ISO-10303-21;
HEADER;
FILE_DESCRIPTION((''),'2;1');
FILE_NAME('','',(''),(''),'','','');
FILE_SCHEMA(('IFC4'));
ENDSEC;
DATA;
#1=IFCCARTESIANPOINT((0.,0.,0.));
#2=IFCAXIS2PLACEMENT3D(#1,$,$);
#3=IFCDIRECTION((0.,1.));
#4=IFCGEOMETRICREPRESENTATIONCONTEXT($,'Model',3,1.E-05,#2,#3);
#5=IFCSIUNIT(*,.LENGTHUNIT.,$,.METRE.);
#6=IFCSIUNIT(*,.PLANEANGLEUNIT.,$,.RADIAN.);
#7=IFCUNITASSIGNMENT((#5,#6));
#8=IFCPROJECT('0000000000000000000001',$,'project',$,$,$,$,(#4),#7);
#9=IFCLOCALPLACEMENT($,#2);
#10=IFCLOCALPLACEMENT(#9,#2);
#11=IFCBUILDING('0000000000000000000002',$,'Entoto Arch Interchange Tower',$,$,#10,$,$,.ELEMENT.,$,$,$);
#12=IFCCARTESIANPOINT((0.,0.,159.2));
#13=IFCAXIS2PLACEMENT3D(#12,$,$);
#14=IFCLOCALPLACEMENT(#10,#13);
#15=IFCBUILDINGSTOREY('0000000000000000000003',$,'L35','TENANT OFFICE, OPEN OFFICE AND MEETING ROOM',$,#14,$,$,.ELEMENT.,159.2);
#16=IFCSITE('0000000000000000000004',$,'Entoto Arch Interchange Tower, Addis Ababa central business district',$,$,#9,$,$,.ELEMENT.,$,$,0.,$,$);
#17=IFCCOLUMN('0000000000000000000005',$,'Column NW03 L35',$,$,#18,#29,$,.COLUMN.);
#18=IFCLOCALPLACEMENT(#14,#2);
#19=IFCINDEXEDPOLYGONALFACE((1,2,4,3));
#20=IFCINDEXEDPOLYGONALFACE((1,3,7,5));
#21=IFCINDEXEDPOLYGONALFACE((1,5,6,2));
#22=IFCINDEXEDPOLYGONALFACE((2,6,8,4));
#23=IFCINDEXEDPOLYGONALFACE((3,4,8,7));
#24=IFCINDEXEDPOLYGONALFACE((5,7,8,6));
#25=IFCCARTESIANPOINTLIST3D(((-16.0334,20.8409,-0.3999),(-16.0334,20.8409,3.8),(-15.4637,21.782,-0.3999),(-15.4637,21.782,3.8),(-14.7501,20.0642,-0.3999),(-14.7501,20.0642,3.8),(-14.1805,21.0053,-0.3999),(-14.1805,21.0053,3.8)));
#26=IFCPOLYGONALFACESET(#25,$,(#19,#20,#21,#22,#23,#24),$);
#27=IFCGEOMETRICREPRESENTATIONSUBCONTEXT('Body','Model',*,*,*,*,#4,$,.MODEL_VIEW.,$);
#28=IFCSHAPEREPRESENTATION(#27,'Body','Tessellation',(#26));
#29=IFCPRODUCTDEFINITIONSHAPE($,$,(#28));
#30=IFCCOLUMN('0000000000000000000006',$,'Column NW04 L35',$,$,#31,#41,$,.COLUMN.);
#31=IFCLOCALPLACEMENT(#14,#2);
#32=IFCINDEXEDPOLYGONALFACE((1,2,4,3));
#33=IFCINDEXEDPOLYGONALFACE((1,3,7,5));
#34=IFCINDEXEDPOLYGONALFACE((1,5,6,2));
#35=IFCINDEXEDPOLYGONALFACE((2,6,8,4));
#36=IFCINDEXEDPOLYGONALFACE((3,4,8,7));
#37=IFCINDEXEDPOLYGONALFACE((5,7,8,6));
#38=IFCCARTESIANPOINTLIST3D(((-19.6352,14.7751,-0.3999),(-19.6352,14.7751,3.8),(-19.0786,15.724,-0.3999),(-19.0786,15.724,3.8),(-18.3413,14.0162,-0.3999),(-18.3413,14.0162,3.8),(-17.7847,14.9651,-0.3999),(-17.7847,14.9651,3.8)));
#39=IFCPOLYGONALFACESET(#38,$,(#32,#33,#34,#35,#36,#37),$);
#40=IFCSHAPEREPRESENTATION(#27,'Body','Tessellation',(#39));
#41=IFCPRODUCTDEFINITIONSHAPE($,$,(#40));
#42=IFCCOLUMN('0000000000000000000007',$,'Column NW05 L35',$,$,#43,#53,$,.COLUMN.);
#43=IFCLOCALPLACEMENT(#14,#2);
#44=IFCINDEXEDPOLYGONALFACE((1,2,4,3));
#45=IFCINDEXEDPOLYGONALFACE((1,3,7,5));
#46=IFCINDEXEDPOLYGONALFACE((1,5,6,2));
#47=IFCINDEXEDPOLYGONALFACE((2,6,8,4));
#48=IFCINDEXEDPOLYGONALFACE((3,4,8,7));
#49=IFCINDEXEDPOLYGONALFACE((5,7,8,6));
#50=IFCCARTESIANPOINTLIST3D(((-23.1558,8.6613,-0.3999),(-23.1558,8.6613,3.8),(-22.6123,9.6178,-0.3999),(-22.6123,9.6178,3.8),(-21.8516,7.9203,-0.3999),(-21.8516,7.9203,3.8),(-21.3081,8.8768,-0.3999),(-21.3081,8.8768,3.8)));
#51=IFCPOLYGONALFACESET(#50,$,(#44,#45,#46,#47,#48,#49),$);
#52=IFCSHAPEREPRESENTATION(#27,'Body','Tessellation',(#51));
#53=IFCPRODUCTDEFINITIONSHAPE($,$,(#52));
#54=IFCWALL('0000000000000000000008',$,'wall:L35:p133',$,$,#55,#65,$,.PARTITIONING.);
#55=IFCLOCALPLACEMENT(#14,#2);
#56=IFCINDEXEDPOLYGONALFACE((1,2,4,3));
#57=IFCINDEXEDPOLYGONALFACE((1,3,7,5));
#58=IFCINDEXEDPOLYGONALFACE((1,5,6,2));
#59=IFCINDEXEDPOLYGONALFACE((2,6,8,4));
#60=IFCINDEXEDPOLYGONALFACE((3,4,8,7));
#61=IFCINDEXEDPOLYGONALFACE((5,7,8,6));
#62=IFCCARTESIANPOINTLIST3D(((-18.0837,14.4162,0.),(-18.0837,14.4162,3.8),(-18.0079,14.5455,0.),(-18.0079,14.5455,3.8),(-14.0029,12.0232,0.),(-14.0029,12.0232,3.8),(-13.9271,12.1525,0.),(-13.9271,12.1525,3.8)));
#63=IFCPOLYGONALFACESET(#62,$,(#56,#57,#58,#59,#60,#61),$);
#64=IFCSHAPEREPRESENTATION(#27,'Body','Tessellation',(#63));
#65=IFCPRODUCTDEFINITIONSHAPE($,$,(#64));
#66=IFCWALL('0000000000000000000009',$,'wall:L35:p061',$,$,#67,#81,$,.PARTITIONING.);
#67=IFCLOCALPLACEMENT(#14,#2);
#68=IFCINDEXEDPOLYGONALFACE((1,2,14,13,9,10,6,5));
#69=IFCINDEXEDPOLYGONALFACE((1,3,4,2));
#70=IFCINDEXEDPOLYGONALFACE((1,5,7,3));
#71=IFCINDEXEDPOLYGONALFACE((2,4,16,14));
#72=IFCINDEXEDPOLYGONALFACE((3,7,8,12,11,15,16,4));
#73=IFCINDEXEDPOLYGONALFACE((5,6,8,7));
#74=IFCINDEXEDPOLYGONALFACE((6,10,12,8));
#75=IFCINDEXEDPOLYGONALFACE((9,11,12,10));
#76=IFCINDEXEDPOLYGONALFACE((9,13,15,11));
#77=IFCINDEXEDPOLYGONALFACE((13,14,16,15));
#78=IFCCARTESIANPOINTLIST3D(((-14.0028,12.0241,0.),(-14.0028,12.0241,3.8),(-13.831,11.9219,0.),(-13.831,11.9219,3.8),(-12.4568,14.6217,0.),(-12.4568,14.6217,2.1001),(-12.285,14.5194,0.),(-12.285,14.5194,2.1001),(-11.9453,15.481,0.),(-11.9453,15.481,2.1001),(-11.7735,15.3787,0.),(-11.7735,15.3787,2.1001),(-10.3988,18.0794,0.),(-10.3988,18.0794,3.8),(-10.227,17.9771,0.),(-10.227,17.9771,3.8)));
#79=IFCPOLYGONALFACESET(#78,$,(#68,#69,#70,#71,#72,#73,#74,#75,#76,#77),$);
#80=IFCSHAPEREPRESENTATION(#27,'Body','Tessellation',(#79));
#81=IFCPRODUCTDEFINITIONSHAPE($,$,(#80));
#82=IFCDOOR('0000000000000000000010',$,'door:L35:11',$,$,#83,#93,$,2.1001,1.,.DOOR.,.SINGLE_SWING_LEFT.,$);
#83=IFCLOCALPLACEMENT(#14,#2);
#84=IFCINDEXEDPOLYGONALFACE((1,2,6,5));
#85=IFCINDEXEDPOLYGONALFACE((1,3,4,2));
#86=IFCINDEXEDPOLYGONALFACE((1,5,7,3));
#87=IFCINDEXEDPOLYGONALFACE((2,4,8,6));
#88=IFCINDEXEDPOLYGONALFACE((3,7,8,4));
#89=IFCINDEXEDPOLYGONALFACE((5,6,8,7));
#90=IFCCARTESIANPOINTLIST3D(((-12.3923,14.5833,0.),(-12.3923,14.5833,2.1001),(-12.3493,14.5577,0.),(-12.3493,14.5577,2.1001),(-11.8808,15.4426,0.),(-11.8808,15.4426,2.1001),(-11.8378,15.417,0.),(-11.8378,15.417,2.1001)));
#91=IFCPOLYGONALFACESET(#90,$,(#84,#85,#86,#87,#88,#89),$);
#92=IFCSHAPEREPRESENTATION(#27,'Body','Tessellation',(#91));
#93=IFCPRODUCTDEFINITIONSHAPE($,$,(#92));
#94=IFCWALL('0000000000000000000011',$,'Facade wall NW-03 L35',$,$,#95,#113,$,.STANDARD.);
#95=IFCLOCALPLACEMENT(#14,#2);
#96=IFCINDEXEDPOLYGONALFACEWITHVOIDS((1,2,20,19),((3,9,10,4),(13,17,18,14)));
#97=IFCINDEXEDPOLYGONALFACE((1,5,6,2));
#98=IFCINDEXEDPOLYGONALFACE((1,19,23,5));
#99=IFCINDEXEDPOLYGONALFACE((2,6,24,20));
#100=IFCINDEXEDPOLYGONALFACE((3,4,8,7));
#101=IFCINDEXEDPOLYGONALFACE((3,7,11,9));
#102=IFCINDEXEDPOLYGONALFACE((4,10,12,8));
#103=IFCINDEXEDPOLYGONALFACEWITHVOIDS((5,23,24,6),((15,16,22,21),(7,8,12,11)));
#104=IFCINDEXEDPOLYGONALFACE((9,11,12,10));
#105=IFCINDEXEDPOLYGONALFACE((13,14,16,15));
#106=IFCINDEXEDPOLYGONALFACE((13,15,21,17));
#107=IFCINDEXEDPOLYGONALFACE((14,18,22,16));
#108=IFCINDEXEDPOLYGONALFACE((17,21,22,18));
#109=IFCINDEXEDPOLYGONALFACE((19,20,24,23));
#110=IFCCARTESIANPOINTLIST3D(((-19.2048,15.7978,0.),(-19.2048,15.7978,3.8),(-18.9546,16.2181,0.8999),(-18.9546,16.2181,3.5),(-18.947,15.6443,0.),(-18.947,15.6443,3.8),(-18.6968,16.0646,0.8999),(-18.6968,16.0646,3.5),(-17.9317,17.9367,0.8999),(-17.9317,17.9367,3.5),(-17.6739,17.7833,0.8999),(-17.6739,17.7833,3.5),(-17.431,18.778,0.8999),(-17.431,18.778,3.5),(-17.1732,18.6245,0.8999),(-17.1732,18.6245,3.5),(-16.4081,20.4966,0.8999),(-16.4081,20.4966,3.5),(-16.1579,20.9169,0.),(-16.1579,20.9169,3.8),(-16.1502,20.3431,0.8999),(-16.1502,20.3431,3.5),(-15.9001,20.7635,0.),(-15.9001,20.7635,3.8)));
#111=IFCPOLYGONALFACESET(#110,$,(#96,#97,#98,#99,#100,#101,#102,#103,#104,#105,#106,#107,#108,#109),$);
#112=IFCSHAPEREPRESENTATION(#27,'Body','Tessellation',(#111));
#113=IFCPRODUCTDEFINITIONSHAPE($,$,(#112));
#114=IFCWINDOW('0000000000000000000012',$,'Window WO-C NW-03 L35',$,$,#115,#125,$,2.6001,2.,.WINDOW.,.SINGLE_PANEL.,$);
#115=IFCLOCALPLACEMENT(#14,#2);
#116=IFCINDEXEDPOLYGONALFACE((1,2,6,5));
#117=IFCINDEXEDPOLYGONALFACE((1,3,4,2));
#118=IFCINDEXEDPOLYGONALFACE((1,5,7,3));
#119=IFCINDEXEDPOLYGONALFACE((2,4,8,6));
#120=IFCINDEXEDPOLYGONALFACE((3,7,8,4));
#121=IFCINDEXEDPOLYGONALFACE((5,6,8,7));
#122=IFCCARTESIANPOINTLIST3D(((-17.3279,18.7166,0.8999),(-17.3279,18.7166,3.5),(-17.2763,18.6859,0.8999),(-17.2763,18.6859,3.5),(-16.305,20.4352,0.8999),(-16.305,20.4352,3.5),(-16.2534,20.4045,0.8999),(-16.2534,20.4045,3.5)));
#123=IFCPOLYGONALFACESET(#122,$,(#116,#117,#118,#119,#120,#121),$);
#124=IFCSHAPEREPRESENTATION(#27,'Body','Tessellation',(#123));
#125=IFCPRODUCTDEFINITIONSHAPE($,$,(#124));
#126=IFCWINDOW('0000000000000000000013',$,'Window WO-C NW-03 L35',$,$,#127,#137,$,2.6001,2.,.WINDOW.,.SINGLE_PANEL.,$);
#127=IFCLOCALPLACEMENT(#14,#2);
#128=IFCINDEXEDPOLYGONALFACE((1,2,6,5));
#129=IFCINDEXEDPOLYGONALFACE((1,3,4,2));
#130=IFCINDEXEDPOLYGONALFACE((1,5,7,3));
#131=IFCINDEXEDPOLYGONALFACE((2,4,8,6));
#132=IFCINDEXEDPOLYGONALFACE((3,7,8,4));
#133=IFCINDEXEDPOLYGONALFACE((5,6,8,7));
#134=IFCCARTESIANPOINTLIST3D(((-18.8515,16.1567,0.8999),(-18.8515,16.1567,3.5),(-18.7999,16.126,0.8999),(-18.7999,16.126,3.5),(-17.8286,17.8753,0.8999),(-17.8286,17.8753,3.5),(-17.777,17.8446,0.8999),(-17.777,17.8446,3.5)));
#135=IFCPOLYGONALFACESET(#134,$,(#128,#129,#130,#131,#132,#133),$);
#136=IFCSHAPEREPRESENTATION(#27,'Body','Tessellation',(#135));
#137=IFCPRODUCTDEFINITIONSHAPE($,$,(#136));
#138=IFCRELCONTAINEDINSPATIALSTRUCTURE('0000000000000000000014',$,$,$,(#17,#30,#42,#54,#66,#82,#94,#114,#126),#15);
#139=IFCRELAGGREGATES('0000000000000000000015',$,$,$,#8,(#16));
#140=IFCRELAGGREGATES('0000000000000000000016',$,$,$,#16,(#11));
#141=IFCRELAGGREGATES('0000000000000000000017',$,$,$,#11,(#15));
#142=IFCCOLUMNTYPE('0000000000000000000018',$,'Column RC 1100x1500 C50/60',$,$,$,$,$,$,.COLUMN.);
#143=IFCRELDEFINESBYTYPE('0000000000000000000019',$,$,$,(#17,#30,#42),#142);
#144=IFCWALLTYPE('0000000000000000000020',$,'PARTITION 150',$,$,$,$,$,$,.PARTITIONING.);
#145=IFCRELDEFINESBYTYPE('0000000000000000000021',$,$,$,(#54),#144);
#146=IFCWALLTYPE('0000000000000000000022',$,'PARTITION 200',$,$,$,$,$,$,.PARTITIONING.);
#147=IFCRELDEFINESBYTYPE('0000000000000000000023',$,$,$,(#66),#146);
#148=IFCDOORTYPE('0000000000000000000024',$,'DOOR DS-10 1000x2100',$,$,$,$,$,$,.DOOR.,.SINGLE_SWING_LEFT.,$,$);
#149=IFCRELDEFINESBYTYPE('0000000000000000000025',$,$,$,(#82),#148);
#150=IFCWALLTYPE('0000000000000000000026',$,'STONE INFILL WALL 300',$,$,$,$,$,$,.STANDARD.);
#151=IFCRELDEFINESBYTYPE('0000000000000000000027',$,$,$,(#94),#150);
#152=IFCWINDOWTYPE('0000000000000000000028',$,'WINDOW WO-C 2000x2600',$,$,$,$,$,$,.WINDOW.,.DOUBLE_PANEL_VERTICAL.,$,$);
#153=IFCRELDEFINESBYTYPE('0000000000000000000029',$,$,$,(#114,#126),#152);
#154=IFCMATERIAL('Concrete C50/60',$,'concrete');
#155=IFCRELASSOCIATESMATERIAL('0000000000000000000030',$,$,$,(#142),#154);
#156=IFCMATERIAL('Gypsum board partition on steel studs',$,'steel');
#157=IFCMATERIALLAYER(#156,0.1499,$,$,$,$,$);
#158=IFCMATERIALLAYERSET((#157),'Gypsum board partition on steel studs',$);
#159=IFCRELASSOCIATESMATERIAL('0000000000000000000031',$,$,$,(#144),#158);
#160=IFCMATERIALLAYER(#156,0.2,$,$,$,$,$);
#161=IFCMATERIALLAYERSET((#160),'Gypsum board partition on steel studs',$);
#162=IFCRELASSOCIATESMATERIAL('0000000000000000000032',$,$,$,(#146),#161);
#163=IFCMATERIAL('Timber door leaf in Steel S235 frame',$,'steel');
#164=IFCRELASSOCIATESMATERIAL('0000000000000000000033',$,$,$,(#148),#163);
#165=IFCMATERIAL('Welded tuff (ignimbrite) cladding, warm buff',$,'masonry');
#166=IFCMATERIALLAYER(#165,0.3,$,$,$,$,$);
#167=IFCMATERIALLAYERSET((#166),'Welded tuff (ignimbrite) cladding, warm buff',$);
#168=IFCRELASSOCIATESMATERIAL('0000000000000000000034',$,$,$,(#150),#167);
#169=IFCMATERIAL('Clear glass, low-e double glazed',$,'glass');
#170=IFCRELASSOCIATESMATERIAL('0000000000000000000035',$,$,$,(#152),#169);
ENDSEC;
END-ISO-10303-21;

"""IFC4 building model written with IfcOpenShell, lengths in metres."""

from ifc_helpers import new_model, si_unit, direction, frame, frame_2d, origin, origin_2d, place, context, subcontext, project, spatial, rectangle, extrude, material, layer, layer_set, material_profile, profile_set, type_object, element, fill, save


model = new_model("IFC4")

# Units and contexts
model_context = context("Model", 3, precision=1e-05, world=origin(), true_north=direction((0.0, 1.0)))
body_context = subcontext(model_context, "Body", "Model", "MODEL_VIEW")
ifc_project = project(units=[si_unit("LENGTHUNIT", "METRE"), si_unit("PLANEANGLEUNIT", "RADIAN")], contexts=[model_context])

# Site, building, storey
site_placement = place(None, origin())
site = spatial("IfcSite", under=ifc_project, at=site_placement, Name="Entoto Arch Interchange Tower, Addis Ababa central business district", CompositionType="ELEMENT", RefElevation=0.0)
building_placement = place(site_placement, origin())
building = spatial("IfcBuilding", under=site, at=building_placement, Name="Entoto Arch Interchange Tower", CompositionType="ELEMENT")
storey_placement = place(building_placement, frame((0.0, 0.0, 159.2)))
storey = spatial("IfcBuildingStorey", under=building, at=storey_placement, Name="L35", Description="TENANT OFFICE, OPEN OFFICE AND MEETING ROOM", CompositionType="ELEMENT", Elevation=159.2)

# Columns
ifc_material_1 = material(Name="Concrete C50/60", Category="concrete")
ifc_material_profile = material_profile(ifc_material_1, rectangle(XDim=1.1001, YDim=1.5, at=origin_2d()))
ifc_profile_set = profile_set([ifc_material_profile], Name="Concrete C50/60")
column_type = type_object("IfcColumnType", Name="Column RC 1100x1500 C50/60", PredefinedType="COLUMN", material=ifc_profile_set)
for number, where, z_axis, x_axis, name in (
    (1, (-15.1069, 20.9231, -0.3999), (0.0, 0.0, 1.0), (0.517803, 0.8555, 0.0), "Column NW03 L35"),
    (2, (-18.71, 14.8701, -0.3999), (0.0, 0.0, 1.0), (0.505958, 0.862558, 0.0), "Column NW04 L35"),
    (3, (-22.2319, 8.769, -0.3999), (0.0, 0.0, 1.0), (0.494018, 0.869452, 0.0), "Column NW05 L35"),
):
    element("IfcColumn", number, at=place(storey_placement, frame(where, z_axis=z_axis, x_axis=x_axis)), inside=storey, type_object=column_type, Name=name, PredefinedType="COLUMN", context=body_context, shape_type="SweptSolid", body=[
        extrude(rectangle(XDim=1.1001, YDim=1.5, at=origin_2d()), origin(), (0.0, 0.0, 1.0), 4.2),
    ])

# Wall
ifc_material_2 = material(Name="Gypsum board partition on steel studs", Category="steel")
ifc_layer_1 = layer(ifc_material_2, 0.1499)
ifc_layer_set_1 = layer_set([ifc_layer_1], Name="Gypsum board partition on steel studs")
wall_type_1 = type_object("IfcWallType", Name="PARTITION 150", PredefinedType="PARTITIONING", material=ifc_layer_set_1)
wall_1_placement = place(storey_placement, frame((-13.9651, 12.0879, 0.0), z_axis=(0.0, 0.0, 1.0), x_axis=(-0.862618, 0.505856, 0.0)))
element("IfcWall", 4, at=wall_1_placement, inside=storey, type_object=wall_type_1, Name="wall:L35:p133", PredefinedType="PARTITIONING", context=body_context, shape_type="SweptSolid", body=[
    extrude(rectangle(XDim=4.7307, YDim=0.1499, at=frame_2d((2.3652, 0.0))), origin(), (0.0, 0.0, 1.0), 3.8),
])

# Wall, opening, door
ifc_layer_2 = layer(ifc_material_2, 0.2)
ifc_layer_set_2 = layer_set([ifc_layer_2], Name="Gypsum board partition on steel studs")
wall_type_2 = type_object("IfcWallType", Name="PARTITION 200", PredefinedType="PARTITIONING", material=ifc_layer_set_2)
wall_2_placement = place(storey_placement, frame((-13.917, 11.9729, 0.0), z_axis=(0.0, 0.0, 1.0), x_axis=(0.511456, 0.85931, 0.0)))
wall_2 = element("IfcWall", 5, at=wall_2_placement, inside=storey, type_object=wall_type_2, Name="wall:L35:p061", PredefinedType="PARTITIONING", context=body_context, shape_type="SweptSolid", body=[
    extrude(rectangle(XDim=7.0466, YDim=0.2, at=frame_2d((3.5234, 0.0))), origin(), (0.0, 0.0, 1.0), 3.8),
])
opening_1_placement = place(wall_2_placement, frame((3.0229, 0.0, 0.0)))
opening_1 = element("IfcOpeningElement", 6, at=opening_1_placement, cuts=wall_2, PredefinedType="OPENING", context=body_context, shape_type="SweptSolid", body=[
    extrude(rectangle(XDim=1.0, YDim=2.1001, at=frame_2d((0.5, 1.05))), frame((0.0, 0.1099, 0.0), z_axis=(0.0, -1.0, 0.0), x_axis=(1.0, 0.0, 0.0)), (0.0, 0.0, 1.0), 0.22),
])
ifc_material_3 = material(Name="Timber door leaf in Steel S235 frame", Category="steel")
door_type = type_object("IfcDoorType", Name="DOOR DS-10 1000x2100", OperationType="SINGLE_SWING_LEFT", PredefinedType="DOOR", material=ifc_material_3)
door_placement = place(opening_1_placement, origin())
door = element("IfcDoor", 7, at=door_placement, inside=storey, type_object=door_type, Name="door:L35:11", OperationType="SINGLE_SWING_LEFT", OverallHeight=2.1001, OverallWidth=1.0, PredefinedType="DOOR", context=body_context, shape_type="SweptSolid", body=[
    extrude(rectangle(XDim=1.0, YDim=2.1001, at=frame_2d((0.5, 1.05))), frame((0.0, 0.0249, 0.0), z_axis=(0.0, -1.0, 0.0), x_axis=(1.0, 0.0, 0.0)), (0.0, 0.0, 1.0), 0.05),
])
fill(opening_1, door)

# Wall, openings, windows
ifc_material_4 = material(Name="Welded tuff (ignimbrite) cladding, warm buff", Category="masonry")
ifc_layer_3 = layer(ifc_material_4, 0.3)
ifc_layer_set_3 = layer_set([ifc_layer_3], Name="Welded tuff (ignimbrite) cladding, warm buff")
wall_type_3 = type_object("IfcWallType", Name="STONE INFILL WALL 300", PredefinedType="STANDARD", material=ifc_layer_set_3)
wall_3_placement = place(storey_placement, frame((-16.0291, 20.8401, 0.0), z_axis=(0.0, 0.0, 1.0), x_axis=(-0.511455, -0.85931, 0.0)))
wall_3 = element("IfcWall", 8, at=wall_3_placement, inside=storey, type_object=wall_type_3, Name="Facade wall NW-03 L35", PredefinedType="STANDARD", context=body_context, shape_type="SweptSolid", body=[
    extrude(rectangle(XDim=5.9573, YDim=0.3, at=frame_2d((2.9785, 0.0))), origin(), (0.0, 0.0, 1.0), 3.8),
])
opening_2_placement = place(wall_3_placement, frame((0.489, 0.0, 0.8999)))
opening_2 = element("IfcOpeningElement", 9, at=opening_2_placement, cuts=wall_3, PredefinedType="OPENING", context=body_context, shape_type="SweptSolid", body=[
    extrude(rectangle(XDim=2.0, YDim=2.6001, at=frame_2d((1.0, 1.3))), frame((0.0, 0.1602, 0.0), z_axis=(0.0, -1.0, 0.0), x_axis=(1.0, 0.0, 0.0)), (0.0, 0.0, 1.0), 0.3201),
])
opening_3_placement = place(wall_3_placement, frame((3.468, 0.0, 0.8999)))
opening_3 = element("IfcOpeningElement", 10, at=opening_3_placement, cuts=wall_3, PredefinedType="OPENING", context=body_context, shape_type="SweptSolid", body=[
    extrude(rectangle(XDim=2.0, YDim=2.6001, at=frame_2d((1.0, 1.3))), frame((0.0, 0.1602, 0.0), z_axis=(0.0, -1.0, 0.0), x_axis=(1.0, 0.0, 0.0)), (0.0, 0.0, 1.0), 0.3201),
])
ifc_material_5 = material(Name="Clear glass, low-e double glazed", Category="glass")
window_type = type_object("IfcWindowType", Name="WINDOW WO-C 2000x2600", PartitioningType="DOUBLE_PANEL_VERTICAL", PredefinedType="WINDOW", material=ifc_material_5)
window_1_placement = place(opening_2_placement, origin())
window_1 = element("IfcWindow", 11, at=window_1_placement, inside=storey, type_object=window_type, Name="Window WO-C NW-03 L35", OverallHeight=2.6001, OverallWidth=2.0, PartitioningType="SINGLE_PANEL", PredefinedType="WINDOW", context=body_context, shape_type="SweptSolid", body=[
    extrude(rectangle(XDim=2.0, YDim=2.6001, at=frame_2d((1.0, 1.3))), frame((0.0, 0.03, 0.0), z_axis=(0.0, -1.0, 0.0), x_axis=(1.0, 0.0, 0.0)), (0.0, 0.0, 1.0), 0.0601),
])
fill(opening_2, window_1)
window_2_placement = place(opening_3_placement, origin())
window_2 = element("IfcWindow", 12, at=window_2_placement, inside=storey, type_object=window_type, Name="Window WO-C NW-03 L35", OverallHeight=2.6001, OverallWidth=2.0, PartitioningType="SINGLE_PANEL", PredefinedType="WINDOW", context=body_context, shape_type="SweptSolid", body=[
    extrude(rectangle(XDim=2.0, YDim=2.6001, at=frame_2d((1.0, 1.3))), frame((0.0, 0.03, 0.0), z_axis=(0.0, -1.0, 0.0), x_axis=(1.0, 0.0, 0.0)), (0.0, 0.0, 1.0), 0.0601),
])
fill(opening_3, window_2)

save(model, "model.ifc")
